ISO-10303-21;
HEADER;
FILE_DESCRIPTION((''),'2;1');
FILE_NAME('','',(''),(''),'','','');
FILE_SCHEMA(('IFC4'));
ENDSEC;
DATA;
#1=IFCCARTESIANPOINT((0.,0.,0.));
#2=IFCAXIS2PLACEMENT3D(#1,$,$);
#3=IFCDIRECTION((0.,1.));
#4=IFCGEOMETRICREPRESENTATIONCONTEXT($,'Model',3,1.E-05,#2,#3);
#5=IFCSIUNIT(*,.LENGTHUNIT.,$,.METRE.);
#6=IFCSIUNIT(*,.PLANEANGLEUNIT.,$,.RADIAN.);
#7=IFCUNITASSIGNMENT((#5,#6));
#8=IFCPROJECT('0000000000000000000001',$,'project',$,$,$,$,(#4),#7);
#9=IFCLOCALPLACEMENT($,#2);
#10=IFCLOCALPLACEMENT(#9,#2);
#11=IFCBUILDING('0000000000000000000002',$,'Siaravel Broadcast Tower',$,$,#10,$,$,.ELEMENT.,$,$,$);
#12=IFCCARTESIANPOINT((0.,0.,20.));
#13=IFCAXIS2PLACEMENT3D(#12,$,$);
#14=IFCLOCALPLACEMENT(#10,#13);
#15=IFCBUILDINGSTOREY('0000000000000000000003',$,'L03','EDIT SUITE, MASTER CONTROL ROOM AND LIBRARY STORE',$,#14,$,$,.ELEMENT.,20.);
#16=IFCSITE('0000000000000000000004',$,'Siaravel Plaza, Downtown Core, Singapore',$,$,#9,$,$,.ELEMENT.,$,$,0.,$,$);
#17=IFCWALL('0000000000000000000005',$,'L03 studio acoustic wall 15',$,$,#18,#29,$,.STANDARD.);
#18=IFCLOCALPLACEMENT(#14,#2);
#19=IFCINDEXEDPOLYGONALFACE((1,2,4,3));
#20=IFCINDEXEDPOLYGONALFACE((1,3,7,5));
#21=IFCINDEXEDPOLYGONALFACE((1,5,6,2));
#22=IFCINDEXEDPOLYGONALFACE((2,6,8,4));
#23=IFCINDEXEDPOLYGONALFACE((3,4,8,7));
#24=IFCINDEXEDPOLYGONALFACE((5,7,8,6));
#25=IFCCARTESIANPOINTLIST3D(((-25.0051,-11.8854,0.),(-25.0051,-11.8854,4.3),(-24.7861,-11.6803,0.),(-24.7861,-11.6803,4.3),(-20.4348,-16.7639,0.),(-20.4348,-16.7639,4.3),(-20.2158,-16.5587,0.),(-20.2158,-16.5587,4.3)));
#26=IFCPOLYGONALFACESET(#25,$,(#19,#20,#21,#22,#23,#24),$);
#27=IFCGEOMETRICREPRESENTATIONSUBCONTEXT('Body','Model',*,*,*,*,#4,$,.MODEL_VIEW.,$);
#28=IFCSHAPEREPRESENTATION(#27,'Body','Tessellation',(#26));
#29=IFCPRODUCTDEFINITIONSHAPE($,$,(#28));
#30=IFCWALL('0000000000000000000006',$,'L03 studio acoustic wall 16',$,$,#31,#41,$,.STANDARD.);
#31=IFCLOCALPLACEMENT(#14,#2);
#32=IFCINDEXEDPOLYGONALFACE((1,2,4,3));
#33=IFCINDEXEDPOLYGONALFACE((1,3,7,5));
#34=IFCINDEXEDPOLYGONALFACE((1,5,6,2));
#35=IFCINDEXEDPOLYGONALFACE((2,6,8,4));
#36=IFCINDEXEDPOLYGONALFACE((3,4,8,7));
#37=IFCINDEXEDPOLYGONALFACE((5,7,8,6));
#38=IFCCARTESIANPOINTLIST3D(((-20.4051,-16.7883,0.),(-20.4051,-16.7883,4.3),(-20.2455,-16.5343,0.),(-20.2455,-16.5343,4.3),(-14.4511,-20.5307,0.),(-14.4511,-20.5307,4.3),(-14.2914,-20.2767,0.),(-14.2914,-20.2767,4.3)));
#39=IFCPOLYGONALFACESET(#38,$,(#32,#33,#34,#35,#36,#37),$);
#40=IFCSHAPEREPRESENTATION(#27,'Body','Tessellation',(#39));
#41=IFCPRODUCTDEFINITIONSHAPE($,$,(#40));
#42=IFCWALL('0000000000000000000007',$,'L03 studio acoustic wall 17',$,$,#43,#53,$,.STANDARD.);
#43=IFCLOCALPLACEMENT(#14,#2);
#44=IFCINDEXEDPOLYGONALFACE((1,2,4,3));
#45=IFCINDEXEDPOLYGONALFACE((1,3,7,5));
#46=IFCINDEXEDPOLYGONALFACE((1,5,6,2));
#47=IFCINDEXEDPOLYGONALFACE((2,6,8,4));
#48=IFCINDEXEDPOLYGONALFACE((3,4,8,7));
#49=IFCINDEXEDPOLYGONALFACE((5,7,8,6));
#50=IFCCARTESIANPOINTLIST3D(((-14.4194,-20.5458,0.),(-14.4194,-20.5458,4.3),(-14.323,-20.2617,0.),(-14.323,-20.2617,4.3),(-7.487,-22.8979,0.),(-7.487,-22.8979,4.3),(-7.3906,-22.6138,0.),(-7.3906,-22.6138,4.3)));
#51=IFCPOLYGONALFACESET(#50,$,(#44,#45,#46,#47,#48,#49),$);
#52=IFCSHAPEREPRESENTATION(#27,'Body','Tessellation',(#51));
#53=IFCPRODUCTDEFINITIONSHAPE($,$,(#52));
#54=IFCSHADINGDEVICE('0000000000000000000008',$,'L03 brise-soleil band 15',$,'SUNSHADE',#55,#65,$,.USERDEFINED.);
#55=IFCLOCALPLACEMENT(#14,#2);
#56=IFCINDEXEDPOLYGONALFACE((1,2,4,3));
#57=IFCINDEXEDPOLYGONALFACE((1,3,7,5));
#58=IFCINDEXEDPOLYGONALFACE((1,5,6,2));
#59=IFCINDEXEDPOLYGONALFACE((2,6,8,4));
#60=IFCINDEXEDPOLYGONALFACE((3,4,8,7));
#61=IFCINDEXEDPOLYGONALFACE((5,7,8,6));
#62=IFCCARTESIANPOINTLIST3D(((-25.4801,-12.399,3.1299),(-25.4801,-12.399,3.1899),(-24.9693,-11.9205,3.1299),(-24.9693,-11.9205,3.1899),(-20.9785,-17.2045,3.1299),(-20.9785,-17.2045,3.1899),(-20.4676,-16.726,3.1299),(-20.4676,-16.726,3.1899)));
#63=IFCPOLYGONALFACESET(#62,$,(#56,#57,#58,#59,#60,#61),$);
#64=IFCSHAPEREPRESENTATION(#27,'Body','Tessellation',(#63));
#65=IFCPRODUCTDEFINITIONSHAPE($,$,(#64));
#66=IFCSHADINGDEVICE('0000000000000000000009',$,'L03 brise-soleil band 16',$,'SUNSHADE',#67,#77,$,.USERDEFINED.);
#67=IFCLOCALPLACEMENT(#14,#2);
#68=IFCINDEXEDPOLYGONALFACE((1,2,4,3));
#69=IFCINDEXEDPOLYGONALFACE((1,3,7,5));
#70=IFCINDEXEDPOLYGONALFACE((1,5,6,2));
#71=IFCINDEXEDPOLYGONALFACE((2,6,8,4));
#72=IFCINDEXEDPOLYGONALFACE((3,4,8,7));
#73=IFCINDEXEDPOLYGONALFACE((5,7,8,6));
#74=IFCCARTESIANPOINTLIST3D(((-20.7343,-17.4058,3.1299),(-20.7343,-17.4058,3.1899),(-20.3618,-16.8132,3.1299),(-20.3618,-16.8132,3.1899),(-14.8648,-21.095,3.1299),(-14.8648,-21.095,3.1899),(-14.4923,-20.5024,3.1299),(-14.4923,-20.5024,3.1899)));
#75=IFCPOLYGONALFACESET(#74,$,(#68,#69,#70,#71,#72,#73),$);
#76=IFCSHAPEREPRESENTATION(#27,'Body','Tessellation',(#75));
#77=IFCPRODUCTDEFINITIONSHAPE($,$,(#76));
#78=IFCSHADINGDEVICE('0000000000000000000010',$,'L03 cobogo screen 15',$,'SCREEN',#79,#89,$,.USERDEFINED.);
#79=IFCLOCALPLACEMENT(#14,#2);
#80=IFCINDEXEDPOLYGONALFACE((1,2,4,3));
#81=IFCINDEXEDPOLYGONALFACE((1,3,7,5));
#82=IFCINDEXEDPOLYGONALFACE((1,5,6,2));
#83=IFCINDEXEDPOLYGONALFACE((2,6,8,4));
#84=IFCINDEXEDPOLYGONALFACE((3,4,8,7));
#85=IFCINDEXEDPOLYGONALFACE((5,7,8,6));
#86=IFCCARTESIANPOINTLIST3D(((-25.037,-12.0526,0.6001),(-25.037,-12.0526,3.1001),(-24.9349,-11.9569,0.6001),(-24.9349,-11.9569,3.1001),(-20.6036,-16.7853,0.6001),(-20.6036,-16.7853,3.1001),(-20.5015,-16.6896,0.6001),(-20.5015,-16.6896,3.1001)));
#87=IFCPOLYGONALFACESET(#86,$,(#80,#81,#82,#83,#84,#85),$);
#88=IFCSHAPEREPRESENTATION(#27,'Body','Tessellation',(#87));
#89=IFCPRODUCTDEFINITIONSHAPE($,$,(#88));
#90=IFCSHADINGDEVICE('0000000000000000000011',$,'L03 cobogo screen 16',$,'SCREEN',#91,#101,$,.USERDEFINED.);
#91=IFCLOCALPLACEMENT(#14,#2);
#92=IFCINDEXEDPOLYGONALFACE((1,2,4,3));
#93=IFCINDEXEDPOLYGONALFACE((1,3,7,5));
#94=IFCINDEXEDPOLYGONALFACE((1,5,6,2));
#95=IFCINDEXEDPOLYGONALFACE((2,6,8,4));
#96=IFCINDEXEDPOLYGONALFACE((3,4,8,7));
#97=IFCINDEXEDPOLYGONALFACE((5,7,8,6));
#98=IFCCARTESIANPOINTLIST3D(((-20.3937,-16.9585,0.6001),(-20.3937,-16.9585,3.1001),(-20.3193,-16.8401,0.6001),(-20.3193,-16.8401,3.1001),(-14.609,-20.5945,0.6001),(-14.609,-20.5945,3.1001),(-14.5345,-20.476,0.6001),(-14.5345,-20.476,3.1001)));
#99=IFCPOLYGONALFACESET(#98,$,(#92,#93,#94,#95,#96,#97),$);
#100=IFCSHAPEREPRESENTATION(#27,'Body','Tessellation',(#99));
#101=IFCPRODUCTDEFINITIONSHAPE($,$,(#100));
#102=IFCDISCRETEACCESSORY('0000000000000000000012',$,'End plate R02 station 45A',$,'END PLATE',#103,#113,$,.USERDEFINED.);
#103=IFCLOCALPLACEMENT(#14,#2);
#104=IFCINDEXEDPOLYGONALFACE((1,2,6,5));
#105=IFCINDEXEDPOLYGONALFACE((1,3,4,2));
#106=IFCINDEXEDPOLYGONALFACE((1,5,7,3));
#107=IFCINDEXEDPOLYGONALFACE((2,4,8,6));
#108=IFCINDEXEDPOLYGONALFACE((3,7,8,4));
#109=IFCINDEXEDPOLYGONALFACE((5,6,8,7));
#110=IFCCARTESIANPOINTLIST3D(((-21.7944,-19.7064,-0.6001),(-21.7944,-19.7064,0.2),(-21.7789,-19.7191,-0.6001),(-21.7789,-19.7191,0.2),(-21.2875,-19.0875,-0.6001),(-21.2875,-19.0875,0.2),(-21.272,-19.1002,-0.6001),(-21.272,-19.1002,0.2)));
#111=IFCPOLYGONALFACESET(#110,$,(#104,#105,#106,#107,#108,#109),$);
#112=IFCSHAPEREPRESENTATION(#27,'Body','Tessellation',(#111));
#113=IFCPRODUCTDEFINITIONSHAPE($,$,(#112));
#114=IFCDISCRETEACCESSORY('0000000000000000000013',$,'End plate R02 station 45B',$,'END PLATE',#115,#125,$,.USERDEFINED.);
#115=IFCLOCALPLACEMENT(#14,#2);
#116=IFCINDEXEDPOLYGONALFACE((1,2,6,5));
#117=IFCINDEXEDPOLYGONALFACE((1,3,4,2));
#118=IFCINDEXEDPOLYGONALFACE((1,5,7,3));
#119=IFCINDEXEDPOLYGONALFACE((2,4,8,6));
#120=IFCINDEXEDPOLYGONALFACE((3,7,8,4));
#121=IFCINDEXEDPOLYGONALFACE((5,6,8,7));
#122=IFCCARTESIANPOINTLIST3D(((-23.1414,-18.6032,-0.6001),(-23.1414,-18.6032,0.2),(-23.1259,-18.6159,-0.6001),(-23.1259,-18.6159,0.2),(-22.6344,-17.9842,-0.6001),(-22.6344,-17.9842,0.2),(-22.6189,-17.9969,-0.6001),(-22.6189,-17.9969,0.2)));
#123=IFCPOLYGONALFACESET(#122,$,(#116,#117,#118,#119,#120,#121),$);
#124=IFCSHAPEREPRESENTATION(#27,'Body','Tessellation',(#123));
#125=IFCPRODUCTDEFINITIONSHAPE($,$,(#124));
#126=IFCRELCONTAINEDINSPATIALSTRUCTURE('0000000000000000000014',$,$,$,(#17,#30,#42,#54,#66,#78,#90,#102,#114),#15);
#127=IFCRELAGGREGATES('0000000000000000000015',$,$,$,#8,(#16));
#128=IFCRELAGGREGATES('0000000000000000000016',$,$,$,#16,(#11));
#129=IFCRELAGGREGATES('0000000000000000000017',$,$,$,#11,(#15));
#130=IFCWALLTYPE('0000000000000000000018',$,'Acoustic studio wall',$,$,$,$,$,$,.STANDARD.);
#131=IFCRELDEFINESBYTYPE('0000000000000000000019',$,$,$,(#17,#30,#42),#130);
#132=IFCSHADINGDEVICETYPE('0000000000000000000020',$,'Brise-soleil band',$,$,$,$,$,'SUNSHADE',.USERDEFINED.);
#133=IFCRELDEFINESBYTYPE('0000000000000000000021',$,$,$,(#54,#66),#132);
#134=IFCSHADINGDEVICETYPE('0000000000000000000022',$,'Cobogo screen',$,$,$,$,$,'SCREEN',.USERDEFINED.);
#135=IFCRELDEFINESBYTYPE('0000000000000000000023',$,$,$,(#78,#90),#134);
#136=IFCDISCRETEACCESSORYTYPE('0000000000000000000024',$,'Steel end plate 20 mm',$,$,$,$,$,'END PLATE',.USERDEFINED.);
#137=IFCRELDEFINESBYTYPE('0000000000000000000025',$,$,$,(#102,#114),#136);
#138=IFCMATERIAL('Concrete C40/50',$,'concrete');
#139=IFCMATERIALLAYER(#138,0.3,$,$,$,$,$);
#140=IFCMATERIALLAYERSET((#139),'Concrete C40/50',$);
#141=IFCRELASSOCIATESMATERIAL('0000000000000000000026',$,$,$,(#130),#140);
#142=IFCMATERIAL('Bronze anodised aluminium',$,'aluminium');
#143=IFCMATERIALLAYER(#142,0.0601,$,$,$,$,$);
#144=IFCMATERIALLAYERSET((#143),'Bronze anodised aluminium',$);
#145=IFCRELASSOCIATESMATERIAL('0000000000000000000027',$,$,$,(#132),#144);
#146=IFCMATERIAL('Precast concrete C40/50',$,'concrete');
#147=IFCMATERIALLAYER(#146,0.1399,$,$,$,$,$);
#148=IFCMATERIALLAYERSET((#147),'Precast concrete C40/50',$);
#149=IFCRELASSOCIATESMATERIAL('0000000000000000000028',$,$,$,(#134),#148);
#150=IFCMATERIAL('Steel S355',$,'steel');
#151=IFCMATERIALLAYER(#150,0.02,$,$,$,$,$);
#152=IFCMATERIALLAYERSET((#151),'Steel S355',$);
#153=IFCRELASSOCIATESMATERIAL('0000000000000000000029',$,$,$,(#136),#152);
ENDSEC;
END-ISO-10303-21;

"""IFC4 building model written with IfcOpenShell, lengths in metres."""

from ifc_helpers import new_model, si_unit, direction, frame, frame_2d, origin, origin_2d, place, context, subcontext, project, spatial, rectangle, extrude, material, layer, layer_set, type_object, element, save


model = new_model("IFC4")

# Units and contexts
model_context = context("Model", 3, precision=1e-05, world=origin(), true_north=direction((0.0, 1.0)))
body_context = subcontext(model_context, "Body", "Model", "MODEL_VIEW")
ifc_project = project(units=[si_unit("LENGTHUNIT", "METRE"), si_unit("PLANEANGLEUNIT", "RADIAN")], contexts=[model_context])

# Site, building, storey
site_placement = place(None, origin())
site = spatial("IfcSite", under=ifc_project, at=site_placement, Name="Siaravel Plaza, Downtown Core, Singapore", CompositionType="ELEMENT", RefElevation=0.0)
building_placement = place(site_placement, origin())
building = spatial("IfcBuilding", under=site, at=building_placement, Name="Siaravel Broadcast Tower", CompositionType="ELEMENT")
storey_placement = place(building_placement, frame((0.0, 0.0, 20.0)))
storey = spatial("IfcBuildingStorey", under=building, at=storey_placement, Name="L03", Description="EDIT SUITE, MASTER CONTROL ROOM AND LIBRARY STORE", CompositionType="ELEMENT", Elevation=20.0)

# Shared definitions
ifc_material_1 = material(Name="Steel S355", Category="steel")

# Walls
ifc_material_2 = material(Name="Concrete C40/50", Category="concrete")
ifc_layer_1 = layer(ifc_material_2, 0.3)
ifc_layer_set_1 = layer_set([ifc_layer_1], Name="Concrete C40/50")
wall_type_1 = type_object("IfcWallType", Name="Acoustic studio wall", PredefinedType="STANDARD", material=ifc_layer_set_1)
wall_1_placement = place(storey_placement, frame((-24.8955, -11.783, 0.0), z_axis=(0.0, 0.0, 1.0), x_axis=(0.683686, -0.729776, 0.0)))
element("IfcWall", 1, at=wall_1_placement, inside=storey, type_object=wall_type_1, Name="L03 studio acoustic wall 15", PredefinedType="STANDARD", context=body_context, shape_type="SweptSolid", body=[
    extrude(rectangle(XDim=6.6848, YDim=0.3, at=frame_2d((3.3423, 0.0))), origin(), (0.0, 0.0, 1.0), 4.3),
])
wall_2_placement = place(storey_placement, frame((-20.3252, -16.6614, 0.0), z_axis=(0.0, 0.0, 1.0), x_axis=(0.846646, -0.532157, 0.0)))
element("IfcWall", 2, at=wall_2_placement, inside=storey, type_object=wall_type_1, Name="L03 studio acoustic wall 16", PredefinedType="STANDARD", context=body_context, shape_type="SweptSolid", body=[
    extrude(rectangle(XDim=7.0325, YDim=0.3, at=frame_2d((3.5161, 0.0))), origin(), (0.0, 0.0, 1.0), 4.3),
])
wall_3_placement = place(storey_placement, frame((-14.3711, -20.4038, 0.0), z_axis=(0.0, 0.0, 1.0), x_axis=(0.946979, -0.321296, 0.0)))
element("IfcWall", 3, at=wall_3_placement, inside=storey, type_object=wall_type_1, Name="L03 studio acoustic wall 17", PredefinedType="STANDARD", context=body_context, shape_type="SweptSolid", body=[
    extrude(rectangle(XDim=7.3206, YDim=0.3, at=frame_2d((3.6602, 0.0))), origin(), (0.0, 0.0, 1.0), 4.3),
])

# Shading devices
ifc_material_3 = material(Name="Bronze anodised aluminium", Category="aluminium")
ifc_layer_2 = layer(ifc_material_3, 0.0601)
ifc_layer_set_2 = layer_set([ifc_layer_2], Name="Bronze anodised aluminium")
shading_device_type_1 = type_object("IfcShadingDeviceType", Name="Brise-soleil band", ElementType="SUNSHADE", PredefinedType="USERDEFINED", material=ifc_layer_set_2)
shading_device_1_placement = place(storey_placement, frame((-22.9739, -14.5625, 3.1299), z_axis=(0.0, 0.0, 1.0), x_axis=(0.683656, -0.729804, 0.0)))
element("IfcShadingDevice", 4, at=shading_device_1_placement, inside=storey, type_object=shading_device_type_1, Name="L03 brise-soleil band 15", ObjectType="SUNSHADE", PredefinedType="USERDEFINED", context=body_context, shape_type="SweptSolid", body=[
    extrude(rectangle(XDim=6.5847, YDim=0.7, at=origin_2d()), origin(), (0.0, 0.0, 1.0), 0.0601),
])
shading_device_2_placement = place(storey_placement, frame((-17.6133, -18.9541, 3.1299), z_axis=(0.0, 0.0, 1.0), x_axis=(0.846651, -0.532148, 0.0)))
element("IfcShadingDevice", 5, at=shading_device_2_placement, inside=storey, type_object=shading_device_type_1, Name="L03 brise-soleil band 16", ObjectType="SUNSHADE", PredefinedType="USERDEFINED", context=body_context, shape_type="SweptSolid", body=[
    extrude(rectangle(XDim=6.9326, YDim=0.7, at=origin_2d()), origin(), (0.0, 0.0, 1.0), 0.0601),
])
ifc_material_4 = material(Name="Precast concrete C40/50", Category="concrete")
ifc_layer_3 = layer(ifc_material_4, 0.1399)
ifc_layer_set_3 = layer_set([ifc_layer_3], Name="Precast concrete C40/50")
shading_device_type_2 = type_object("IfcShadingDeviceType", Name="Cobogo screen", ElementType="SCREEN", PredefinedType="USERDEFINED", material=ifc_layer_set_3)
shading_device_3_placement = place(storey_placement, frame((-22.7693, -14.3711, 0.6001), z_axis=(0.0, 0.0, 1.0), x_axis=(0.683656, -0.729804, 0.0)))
element("IfcShadingDevice", 6, at=shading_device_3_placement, inside=storey, type_object=shading_device_type_2, Name="L03 cobogo screen 15", ObjectType="SCREEN", PredefinedType="USERDEFINED", context=body_context, shape_type="SweptSolid", body=[
    extrude(rectangle(XDim=6.4849, YDim=0.1399, at=origin_2d()), origin(), (0.0, 0.0, 1.0), 2.5),
])
shading_device_4_placement = place(storey_placement, frame((-17.4641, -18.7173, 0.6001), z_axis=(0.0, 0.0, 1.0), x_axis=(0.846651, -0.532148, 0.0)))
element("IfcShadingDevice", 7, at=shading_device_4_placement, inside=storey, type_object=shading_device_type_2, Name="L03 cobogo screen 16", ObjectType="SCREEN", PredefinedType="USERDEFINED", context=body_context, shape_type="SweptSolid", body=[
    extrude(rectangle(XDim=6.8325, YDim=0.1399, at=origin_2d()), origin(), (0.0, 0.0, 1.0), 2.5),
])

# Discrete accessories
ifc_layer_4 = layer(ifc_material_1, 0.02)
ifc_layer_set_4 = layer_set([ifc_layer_4], Name="Steel S355")
discrete_accessory_type = type_object("IfcDiscreteAccessoryType", Name="Steel end plate 20 mm", ElementType="END PLATE", PredefinedType="USERDEFINED", material=ifc_layer_set_4)
for number, where, z_axis, x_axis, name in (
    (8, (-21.5332, -19.4033, -0.6001), (0.0, 0.0, 1.0), (0.773605, -0.633669, 0.0), "End plate R02 station 45A"),
    (9, (-22.8801, -18.3, -0.6001), (0.0, 0.0, 1.0), (0.773605, -0.633669, 0.0), "End plate R02 station 45B"),
):
    element("IfcDiscreteAccessory", number, at=place(storey_placement, frame(where, z_axis=z_axis, x_axis=x_axis)), inside=storey, type_object=discrete_accessory_type, Name=name, ObjectType="END PLATE", PredefinedType="USERDEFINED", context=body_context, shape_type="SweptSolid", body=[
        extrude(rectangle(XDim=0.02, YDim=0.8, at=origin_2d()), origin(), (0.0, 0.0, 1.0), 0.8),
    ])

save(model, "model.ifc")
